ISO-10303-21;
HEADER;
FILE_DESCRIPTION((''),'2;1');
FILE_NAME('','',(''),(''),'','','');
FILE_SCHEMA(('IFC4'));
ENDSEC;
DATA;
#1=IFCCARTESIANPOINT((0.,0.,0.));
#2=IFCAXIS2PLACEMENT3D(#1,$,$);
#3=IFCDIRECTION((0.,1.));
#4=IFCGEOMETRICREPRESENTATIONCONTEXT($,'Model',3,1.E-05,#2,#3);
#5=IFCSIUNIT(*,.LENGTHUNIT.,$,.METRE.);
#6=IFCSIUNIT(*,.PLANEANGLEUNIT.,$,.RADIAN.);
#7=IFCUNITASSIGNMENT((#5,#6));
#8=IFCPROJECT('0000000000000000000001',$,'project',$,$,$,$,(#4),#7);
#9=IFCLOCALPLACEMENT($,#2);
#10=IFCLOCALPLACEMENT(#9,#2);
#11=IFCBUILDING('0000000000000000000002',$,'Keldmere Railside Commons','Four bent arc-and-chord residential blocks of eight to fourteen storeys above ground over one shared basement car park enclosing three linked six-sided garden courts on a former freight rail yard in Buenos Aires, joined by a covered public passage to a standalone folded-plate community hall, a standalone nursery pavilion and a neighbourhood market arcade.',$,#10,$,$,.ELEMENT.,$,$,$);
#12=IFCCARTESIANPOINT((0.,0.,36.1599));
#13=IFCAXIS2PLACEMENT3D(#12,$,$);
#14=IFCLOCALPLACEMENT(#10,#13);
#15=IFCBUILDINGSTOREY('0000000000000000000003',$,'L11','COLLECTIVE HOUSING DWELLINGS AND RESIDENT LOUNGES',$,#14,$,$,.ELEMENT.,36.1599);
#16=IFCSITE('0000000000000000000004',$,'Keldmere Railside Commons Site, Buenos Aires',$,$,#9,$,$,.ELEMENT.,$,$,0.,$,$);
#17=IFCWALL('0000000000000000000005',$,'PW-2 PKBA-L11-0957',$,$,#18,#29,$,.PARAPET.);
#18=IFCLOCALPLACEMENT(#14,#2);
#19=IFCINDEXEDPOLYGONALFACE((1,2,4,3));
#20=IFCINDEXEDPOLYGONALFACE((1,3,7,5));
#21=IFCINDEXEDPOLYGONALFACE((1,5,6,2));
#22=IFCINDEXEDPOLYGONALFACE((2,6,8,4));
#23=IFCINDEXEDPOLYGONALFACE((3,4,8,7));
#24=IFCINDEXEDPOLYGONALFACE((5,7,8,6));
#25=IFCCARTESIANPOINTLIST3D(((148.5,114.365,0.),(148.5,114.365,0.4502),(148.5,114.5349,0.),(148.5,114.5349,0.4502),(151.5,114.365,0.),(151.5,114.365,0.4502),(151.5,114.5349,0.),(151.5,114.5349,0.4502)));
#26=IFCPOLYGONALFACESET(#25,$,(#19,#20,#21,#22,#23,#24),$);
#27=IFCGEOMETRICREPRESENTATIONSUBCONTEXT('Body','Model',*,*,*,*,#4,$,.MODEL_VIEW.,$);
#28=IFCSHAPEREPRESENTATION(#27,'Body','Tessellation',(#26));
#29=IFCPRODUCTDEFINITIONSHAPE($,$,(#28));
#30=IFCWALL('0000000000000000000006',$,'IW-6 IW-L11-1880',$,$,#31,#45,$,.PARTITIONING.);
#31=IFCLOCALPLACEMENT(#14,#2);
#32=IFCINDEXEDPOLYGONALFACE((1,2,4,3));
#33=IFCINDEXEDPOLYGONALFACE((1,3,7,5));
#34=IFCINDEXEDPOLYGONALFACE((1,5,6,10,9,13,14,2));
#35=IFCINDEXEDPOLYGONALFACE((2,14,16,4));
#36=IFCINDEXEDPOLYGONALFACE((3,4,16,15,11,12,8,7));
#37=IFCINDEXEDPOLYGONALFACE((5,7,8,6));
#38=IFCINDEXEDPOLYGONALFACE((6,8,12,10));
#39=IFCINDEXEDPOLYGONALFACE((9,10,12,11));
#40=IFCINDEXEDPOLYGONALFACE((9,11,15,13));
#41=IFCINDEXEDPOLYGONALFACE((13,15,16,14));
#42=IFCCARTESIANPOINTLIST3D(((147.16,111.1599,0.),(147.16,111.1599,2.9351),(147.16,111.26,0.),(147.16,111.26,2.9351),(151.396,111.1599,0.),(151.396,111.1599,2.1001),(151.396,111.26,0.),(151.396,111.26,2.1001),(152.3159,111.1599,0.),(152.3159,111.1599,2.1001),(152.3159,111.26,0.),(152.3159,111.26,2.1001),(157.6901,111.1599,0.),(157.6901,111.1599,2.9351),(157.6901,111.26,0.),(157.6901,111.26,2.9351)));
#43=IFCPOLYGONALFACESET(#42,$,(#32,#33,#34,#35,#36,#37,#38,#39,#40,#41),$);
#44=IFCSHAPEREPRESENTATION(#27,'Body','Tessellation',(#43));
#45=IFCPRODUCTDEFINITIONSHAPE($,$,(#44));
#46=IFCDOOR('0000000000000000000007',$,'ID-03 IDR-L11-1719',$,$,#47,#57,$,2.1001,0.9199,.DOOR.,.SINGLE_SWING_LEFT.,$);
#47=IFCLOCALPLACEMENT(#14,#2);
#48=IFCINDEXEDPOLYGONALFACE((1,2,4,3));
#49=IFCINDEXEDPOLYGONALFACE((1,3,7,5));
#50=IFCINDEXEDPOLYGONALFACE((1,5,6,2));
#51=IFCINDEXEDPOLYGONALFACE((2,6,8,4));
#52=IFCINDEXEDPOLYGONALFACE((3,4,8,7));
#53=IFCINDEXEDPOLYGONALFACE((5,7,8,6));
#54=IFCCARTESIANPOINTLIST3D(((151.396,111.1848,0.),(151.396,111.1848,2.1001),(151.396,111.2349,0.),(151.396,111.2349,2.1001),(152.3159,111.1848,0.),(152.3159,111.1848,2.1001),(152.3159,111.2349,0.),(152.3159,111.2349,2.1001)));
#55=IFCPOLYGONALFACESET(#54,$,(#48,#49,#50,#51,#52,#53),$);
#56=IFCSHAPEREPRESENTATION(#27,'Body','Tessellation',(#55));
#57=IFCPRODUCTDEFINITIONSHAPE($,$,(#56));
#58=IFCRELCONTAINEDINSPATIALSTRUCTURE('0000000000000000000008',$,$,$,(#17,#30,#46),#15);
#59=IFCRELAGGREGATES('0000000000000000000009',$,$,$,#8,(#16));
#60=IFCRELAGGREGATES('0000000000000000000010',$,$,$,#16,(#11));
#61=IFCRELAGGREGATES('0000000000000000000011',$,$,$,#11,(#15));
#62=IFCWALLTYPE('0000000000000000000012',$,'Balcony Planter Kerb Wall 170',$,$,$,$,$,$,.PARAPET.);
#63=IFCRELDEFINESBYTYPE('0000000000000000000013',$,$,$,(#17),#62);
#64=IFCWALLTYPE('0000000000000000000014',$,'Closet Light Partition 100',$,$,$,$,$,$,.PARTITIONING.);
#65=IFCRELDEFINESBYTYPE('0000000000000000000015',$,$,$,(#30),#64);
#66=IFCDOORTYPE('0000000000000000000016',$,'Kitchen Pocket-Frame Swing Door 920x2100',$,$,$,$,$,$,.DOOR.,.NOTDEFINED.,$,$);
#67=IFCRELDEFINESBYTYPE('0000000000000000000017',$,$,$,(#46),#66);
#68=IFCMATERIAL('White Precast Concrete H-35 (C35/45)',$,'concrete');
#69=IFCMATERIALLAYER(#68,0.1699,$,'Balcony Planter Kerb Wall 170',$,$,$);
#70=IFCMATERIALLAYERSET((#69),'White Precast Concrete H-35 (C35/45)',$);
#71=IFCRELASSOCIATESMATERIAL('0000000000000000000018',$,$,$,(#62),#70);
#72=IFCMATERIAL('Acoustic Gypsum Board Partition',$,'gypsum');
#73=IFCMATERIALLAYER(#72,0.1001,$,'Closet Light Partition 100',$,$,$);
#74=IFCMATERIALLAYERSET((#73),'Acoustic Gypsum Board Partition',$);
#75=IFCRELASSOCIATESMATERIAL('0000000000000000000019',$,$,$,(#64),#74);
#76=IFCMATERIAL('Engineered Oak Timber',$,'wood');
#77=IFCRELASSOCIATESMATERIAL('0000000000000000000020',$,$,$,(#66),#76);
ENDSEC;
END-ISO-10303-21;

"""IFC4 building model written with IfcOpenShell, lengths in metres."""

from ifc_helpers import new_model, si_unit, direction, frame, frame_2d, origin, place, context, subcontext, project, spatial, rectangle, extrude, material, layer, layer_set, type_object, element, fill, save


model = new_model("IFC4")

# Units and contexts
model_context = context("Model", 3, precision=1e-05, world=origin(), true_north=direction((0.0, 1.0)))
body_context = subcontext(model_context, "Body", "Model", "MODEL_VIEW")
ifc_project = project(units=[si_unit("LENGTHUNIT", "METRE"), si_unit("PLANEANGLEUNIT", "RADIAN")], contexts=[model_context])

# Site, building, storey
site_placement = place(None, origin())
site = spatial("IfcSite", under=ifc_project, at=site_placement, Name="Keldmere Railside Commons Site, Buenos Aires", CompositionType="ELEMENT", RefElevation=0.0)
building_placement = place(site_placement, origin())
building = spatial("IfcBuilding", under=site, at=building_placement, Name="Keldmere Railside Commons", Description="Four bent arc-and-chord residential blocks of eight to fourteen storeys above ground over one shared basement car park enclosing three linked six-sided garden courts on a former freight rail yard in Buenos Aires, joined by a covered public passage to a standalone folded-plate community hall, a standalone nursery pavilion and a neighbourhood market arcade.", CompositionType="ELEMENT")
storey_placement = place(building_placement, frame((0.0, 0.0, 36.1599)))
storey = spatial("IfcBuildingStorey", under=building, at=storey_placement, Name="L11", Description="COLLECTIVE HOUSING DWELLINGS AND RESIDENT LOUNGES", CompositionType="ELEMENT", Elevation=36.1599)

# Wall
ifc_material_1 = material(Name="White Precast Concrete H-35 (C35/45)", Category="concrete")
ifc_layer_1 = layer(ifc_material_1, 0.1699, Name="Balcony Planter Kerb Wall 170")
ifc_layer_set_1 = layer_set([ifc_layer_1], Name="White Precast Concrete H-35 (C35/45)")
wall_type_1 = type_object("IfcWallType", Name="Balcony Planter Kerb Wall 170", PredefinedType="PARAPET", material=ifc_layer_set_1)
wall_1_placement = place(storey_placement, frame((148.5, 114.45, 0.0), z_axis=(0.0, 0.0, 1.0), x_axis=(1.0, 0.0, 0.0)))
element("IfcWall", 1, at=wall_1_placement, inside=storey, type_object=wall_type_1, Name="PW-2 PKBA-L11-0957", PredefinedType="PARAPET", context=body_context, shape_type="SweptSolid", body=[
    extrude(rectangle(XDim=3.0, YDim=0.1699, at=frame_2d((1.5, 0.0))), origin(), (0.0, 0.0, 1.0), 0.4502),
])

# Wall, opening, door
ifc_material_2 = material(Name="Acoustic Gypsum Board Partition", Category="gypsum")
ifc_layer_2 = layer(ifc_material_2, 0.1001, Name="Closet Light Partition 100")
ifc_layer_set_2 = layer_set([ifc_layer_2], Name="Acoustic Gypsum Board Partition")
wall_type_2 = type_object("IfcWallType", Name="Closet Light Partition 100", PredefinedType="PARTITIONING", material=ifc_layer_set_2)
wall_2_placement = place(storey_placement, frame((147.1599, 111.21, 0.0), z_axis=(0.0, 0.0, 1.0), x_axis=(1.0, 0.0, 0.0)))
wall_2 = element("IfcWall", 2, at=wall_2_placement, inside=storey, type_object=wall_type_2, Name="IW-6 IW-L11-1880", PredefinedType="PARTITIONING", context=body_context, shape_type="SweptSolid", body=[
    extrude(rectangle(XDim=10.53, YDim=0.1001, at=frame_2d((5.2651, 0.0))), origin(), (0.0, 0.0, 1.0), 2.9351),
])
opening_1_placement = place(wall_2_placement, frame((4.2361, 0.0, 0.0)))
opening_1 = element("IfcOpeningElement", 3, at=opening_1_placement, cuts=wall_2, PredefinedType="OPENING", context=body_context, shape_type="SweptSolid", body=[
    extrude(rectangle(XDim=0.9199, YDim=2.1001, at=frame_2d((0.46, 1.05))), frame((0.0, 0.0601, 0.0), z_axis=(0.0, -1.0, 0.0), x_axis=(1.0, 0.0, 0.0)), (0.0, 0.0, 1.0), 0.1201),
])
ifc_material_3 = material(Name="Engineered Oak Timber", Category="wood")
door_type_1 = type_object("IfcDoorType", Name="Kitchen Pocket-Frame Swing Door 920x2100", OperationType="NOTDEFINED", PredefinedType="DOOR", material=ifc_material_3)
door_1_placement = place(opening_1_placement, origin())
door_1 = element("IfcDoor", 4, at=door_1_placement, inside=storey, type_object=door_type_1, Name="ID-03 IDR-L11-1719", OperationType="SINGLE_SWING_LEFT", OverallHeight=2.1001, OverallWidth=0.9199, PredefinedType="DOOR", context=body_context, shape_type="SweptSolid", body=[
    extrude(rectangle(XDim=0.9199, YDim=2.1001, at=frame_2d((0.46, 1.05))), frame((0.0, 0.0249, 0.0), z_axis=(0.0, -1.0, 0.0), x_axis=(1.0, 0.0, 0.0)), (0.0, 0.0, 1.0), 0.05),
])
fill(opening_1, door_1)

save(model, "model.ifc")
